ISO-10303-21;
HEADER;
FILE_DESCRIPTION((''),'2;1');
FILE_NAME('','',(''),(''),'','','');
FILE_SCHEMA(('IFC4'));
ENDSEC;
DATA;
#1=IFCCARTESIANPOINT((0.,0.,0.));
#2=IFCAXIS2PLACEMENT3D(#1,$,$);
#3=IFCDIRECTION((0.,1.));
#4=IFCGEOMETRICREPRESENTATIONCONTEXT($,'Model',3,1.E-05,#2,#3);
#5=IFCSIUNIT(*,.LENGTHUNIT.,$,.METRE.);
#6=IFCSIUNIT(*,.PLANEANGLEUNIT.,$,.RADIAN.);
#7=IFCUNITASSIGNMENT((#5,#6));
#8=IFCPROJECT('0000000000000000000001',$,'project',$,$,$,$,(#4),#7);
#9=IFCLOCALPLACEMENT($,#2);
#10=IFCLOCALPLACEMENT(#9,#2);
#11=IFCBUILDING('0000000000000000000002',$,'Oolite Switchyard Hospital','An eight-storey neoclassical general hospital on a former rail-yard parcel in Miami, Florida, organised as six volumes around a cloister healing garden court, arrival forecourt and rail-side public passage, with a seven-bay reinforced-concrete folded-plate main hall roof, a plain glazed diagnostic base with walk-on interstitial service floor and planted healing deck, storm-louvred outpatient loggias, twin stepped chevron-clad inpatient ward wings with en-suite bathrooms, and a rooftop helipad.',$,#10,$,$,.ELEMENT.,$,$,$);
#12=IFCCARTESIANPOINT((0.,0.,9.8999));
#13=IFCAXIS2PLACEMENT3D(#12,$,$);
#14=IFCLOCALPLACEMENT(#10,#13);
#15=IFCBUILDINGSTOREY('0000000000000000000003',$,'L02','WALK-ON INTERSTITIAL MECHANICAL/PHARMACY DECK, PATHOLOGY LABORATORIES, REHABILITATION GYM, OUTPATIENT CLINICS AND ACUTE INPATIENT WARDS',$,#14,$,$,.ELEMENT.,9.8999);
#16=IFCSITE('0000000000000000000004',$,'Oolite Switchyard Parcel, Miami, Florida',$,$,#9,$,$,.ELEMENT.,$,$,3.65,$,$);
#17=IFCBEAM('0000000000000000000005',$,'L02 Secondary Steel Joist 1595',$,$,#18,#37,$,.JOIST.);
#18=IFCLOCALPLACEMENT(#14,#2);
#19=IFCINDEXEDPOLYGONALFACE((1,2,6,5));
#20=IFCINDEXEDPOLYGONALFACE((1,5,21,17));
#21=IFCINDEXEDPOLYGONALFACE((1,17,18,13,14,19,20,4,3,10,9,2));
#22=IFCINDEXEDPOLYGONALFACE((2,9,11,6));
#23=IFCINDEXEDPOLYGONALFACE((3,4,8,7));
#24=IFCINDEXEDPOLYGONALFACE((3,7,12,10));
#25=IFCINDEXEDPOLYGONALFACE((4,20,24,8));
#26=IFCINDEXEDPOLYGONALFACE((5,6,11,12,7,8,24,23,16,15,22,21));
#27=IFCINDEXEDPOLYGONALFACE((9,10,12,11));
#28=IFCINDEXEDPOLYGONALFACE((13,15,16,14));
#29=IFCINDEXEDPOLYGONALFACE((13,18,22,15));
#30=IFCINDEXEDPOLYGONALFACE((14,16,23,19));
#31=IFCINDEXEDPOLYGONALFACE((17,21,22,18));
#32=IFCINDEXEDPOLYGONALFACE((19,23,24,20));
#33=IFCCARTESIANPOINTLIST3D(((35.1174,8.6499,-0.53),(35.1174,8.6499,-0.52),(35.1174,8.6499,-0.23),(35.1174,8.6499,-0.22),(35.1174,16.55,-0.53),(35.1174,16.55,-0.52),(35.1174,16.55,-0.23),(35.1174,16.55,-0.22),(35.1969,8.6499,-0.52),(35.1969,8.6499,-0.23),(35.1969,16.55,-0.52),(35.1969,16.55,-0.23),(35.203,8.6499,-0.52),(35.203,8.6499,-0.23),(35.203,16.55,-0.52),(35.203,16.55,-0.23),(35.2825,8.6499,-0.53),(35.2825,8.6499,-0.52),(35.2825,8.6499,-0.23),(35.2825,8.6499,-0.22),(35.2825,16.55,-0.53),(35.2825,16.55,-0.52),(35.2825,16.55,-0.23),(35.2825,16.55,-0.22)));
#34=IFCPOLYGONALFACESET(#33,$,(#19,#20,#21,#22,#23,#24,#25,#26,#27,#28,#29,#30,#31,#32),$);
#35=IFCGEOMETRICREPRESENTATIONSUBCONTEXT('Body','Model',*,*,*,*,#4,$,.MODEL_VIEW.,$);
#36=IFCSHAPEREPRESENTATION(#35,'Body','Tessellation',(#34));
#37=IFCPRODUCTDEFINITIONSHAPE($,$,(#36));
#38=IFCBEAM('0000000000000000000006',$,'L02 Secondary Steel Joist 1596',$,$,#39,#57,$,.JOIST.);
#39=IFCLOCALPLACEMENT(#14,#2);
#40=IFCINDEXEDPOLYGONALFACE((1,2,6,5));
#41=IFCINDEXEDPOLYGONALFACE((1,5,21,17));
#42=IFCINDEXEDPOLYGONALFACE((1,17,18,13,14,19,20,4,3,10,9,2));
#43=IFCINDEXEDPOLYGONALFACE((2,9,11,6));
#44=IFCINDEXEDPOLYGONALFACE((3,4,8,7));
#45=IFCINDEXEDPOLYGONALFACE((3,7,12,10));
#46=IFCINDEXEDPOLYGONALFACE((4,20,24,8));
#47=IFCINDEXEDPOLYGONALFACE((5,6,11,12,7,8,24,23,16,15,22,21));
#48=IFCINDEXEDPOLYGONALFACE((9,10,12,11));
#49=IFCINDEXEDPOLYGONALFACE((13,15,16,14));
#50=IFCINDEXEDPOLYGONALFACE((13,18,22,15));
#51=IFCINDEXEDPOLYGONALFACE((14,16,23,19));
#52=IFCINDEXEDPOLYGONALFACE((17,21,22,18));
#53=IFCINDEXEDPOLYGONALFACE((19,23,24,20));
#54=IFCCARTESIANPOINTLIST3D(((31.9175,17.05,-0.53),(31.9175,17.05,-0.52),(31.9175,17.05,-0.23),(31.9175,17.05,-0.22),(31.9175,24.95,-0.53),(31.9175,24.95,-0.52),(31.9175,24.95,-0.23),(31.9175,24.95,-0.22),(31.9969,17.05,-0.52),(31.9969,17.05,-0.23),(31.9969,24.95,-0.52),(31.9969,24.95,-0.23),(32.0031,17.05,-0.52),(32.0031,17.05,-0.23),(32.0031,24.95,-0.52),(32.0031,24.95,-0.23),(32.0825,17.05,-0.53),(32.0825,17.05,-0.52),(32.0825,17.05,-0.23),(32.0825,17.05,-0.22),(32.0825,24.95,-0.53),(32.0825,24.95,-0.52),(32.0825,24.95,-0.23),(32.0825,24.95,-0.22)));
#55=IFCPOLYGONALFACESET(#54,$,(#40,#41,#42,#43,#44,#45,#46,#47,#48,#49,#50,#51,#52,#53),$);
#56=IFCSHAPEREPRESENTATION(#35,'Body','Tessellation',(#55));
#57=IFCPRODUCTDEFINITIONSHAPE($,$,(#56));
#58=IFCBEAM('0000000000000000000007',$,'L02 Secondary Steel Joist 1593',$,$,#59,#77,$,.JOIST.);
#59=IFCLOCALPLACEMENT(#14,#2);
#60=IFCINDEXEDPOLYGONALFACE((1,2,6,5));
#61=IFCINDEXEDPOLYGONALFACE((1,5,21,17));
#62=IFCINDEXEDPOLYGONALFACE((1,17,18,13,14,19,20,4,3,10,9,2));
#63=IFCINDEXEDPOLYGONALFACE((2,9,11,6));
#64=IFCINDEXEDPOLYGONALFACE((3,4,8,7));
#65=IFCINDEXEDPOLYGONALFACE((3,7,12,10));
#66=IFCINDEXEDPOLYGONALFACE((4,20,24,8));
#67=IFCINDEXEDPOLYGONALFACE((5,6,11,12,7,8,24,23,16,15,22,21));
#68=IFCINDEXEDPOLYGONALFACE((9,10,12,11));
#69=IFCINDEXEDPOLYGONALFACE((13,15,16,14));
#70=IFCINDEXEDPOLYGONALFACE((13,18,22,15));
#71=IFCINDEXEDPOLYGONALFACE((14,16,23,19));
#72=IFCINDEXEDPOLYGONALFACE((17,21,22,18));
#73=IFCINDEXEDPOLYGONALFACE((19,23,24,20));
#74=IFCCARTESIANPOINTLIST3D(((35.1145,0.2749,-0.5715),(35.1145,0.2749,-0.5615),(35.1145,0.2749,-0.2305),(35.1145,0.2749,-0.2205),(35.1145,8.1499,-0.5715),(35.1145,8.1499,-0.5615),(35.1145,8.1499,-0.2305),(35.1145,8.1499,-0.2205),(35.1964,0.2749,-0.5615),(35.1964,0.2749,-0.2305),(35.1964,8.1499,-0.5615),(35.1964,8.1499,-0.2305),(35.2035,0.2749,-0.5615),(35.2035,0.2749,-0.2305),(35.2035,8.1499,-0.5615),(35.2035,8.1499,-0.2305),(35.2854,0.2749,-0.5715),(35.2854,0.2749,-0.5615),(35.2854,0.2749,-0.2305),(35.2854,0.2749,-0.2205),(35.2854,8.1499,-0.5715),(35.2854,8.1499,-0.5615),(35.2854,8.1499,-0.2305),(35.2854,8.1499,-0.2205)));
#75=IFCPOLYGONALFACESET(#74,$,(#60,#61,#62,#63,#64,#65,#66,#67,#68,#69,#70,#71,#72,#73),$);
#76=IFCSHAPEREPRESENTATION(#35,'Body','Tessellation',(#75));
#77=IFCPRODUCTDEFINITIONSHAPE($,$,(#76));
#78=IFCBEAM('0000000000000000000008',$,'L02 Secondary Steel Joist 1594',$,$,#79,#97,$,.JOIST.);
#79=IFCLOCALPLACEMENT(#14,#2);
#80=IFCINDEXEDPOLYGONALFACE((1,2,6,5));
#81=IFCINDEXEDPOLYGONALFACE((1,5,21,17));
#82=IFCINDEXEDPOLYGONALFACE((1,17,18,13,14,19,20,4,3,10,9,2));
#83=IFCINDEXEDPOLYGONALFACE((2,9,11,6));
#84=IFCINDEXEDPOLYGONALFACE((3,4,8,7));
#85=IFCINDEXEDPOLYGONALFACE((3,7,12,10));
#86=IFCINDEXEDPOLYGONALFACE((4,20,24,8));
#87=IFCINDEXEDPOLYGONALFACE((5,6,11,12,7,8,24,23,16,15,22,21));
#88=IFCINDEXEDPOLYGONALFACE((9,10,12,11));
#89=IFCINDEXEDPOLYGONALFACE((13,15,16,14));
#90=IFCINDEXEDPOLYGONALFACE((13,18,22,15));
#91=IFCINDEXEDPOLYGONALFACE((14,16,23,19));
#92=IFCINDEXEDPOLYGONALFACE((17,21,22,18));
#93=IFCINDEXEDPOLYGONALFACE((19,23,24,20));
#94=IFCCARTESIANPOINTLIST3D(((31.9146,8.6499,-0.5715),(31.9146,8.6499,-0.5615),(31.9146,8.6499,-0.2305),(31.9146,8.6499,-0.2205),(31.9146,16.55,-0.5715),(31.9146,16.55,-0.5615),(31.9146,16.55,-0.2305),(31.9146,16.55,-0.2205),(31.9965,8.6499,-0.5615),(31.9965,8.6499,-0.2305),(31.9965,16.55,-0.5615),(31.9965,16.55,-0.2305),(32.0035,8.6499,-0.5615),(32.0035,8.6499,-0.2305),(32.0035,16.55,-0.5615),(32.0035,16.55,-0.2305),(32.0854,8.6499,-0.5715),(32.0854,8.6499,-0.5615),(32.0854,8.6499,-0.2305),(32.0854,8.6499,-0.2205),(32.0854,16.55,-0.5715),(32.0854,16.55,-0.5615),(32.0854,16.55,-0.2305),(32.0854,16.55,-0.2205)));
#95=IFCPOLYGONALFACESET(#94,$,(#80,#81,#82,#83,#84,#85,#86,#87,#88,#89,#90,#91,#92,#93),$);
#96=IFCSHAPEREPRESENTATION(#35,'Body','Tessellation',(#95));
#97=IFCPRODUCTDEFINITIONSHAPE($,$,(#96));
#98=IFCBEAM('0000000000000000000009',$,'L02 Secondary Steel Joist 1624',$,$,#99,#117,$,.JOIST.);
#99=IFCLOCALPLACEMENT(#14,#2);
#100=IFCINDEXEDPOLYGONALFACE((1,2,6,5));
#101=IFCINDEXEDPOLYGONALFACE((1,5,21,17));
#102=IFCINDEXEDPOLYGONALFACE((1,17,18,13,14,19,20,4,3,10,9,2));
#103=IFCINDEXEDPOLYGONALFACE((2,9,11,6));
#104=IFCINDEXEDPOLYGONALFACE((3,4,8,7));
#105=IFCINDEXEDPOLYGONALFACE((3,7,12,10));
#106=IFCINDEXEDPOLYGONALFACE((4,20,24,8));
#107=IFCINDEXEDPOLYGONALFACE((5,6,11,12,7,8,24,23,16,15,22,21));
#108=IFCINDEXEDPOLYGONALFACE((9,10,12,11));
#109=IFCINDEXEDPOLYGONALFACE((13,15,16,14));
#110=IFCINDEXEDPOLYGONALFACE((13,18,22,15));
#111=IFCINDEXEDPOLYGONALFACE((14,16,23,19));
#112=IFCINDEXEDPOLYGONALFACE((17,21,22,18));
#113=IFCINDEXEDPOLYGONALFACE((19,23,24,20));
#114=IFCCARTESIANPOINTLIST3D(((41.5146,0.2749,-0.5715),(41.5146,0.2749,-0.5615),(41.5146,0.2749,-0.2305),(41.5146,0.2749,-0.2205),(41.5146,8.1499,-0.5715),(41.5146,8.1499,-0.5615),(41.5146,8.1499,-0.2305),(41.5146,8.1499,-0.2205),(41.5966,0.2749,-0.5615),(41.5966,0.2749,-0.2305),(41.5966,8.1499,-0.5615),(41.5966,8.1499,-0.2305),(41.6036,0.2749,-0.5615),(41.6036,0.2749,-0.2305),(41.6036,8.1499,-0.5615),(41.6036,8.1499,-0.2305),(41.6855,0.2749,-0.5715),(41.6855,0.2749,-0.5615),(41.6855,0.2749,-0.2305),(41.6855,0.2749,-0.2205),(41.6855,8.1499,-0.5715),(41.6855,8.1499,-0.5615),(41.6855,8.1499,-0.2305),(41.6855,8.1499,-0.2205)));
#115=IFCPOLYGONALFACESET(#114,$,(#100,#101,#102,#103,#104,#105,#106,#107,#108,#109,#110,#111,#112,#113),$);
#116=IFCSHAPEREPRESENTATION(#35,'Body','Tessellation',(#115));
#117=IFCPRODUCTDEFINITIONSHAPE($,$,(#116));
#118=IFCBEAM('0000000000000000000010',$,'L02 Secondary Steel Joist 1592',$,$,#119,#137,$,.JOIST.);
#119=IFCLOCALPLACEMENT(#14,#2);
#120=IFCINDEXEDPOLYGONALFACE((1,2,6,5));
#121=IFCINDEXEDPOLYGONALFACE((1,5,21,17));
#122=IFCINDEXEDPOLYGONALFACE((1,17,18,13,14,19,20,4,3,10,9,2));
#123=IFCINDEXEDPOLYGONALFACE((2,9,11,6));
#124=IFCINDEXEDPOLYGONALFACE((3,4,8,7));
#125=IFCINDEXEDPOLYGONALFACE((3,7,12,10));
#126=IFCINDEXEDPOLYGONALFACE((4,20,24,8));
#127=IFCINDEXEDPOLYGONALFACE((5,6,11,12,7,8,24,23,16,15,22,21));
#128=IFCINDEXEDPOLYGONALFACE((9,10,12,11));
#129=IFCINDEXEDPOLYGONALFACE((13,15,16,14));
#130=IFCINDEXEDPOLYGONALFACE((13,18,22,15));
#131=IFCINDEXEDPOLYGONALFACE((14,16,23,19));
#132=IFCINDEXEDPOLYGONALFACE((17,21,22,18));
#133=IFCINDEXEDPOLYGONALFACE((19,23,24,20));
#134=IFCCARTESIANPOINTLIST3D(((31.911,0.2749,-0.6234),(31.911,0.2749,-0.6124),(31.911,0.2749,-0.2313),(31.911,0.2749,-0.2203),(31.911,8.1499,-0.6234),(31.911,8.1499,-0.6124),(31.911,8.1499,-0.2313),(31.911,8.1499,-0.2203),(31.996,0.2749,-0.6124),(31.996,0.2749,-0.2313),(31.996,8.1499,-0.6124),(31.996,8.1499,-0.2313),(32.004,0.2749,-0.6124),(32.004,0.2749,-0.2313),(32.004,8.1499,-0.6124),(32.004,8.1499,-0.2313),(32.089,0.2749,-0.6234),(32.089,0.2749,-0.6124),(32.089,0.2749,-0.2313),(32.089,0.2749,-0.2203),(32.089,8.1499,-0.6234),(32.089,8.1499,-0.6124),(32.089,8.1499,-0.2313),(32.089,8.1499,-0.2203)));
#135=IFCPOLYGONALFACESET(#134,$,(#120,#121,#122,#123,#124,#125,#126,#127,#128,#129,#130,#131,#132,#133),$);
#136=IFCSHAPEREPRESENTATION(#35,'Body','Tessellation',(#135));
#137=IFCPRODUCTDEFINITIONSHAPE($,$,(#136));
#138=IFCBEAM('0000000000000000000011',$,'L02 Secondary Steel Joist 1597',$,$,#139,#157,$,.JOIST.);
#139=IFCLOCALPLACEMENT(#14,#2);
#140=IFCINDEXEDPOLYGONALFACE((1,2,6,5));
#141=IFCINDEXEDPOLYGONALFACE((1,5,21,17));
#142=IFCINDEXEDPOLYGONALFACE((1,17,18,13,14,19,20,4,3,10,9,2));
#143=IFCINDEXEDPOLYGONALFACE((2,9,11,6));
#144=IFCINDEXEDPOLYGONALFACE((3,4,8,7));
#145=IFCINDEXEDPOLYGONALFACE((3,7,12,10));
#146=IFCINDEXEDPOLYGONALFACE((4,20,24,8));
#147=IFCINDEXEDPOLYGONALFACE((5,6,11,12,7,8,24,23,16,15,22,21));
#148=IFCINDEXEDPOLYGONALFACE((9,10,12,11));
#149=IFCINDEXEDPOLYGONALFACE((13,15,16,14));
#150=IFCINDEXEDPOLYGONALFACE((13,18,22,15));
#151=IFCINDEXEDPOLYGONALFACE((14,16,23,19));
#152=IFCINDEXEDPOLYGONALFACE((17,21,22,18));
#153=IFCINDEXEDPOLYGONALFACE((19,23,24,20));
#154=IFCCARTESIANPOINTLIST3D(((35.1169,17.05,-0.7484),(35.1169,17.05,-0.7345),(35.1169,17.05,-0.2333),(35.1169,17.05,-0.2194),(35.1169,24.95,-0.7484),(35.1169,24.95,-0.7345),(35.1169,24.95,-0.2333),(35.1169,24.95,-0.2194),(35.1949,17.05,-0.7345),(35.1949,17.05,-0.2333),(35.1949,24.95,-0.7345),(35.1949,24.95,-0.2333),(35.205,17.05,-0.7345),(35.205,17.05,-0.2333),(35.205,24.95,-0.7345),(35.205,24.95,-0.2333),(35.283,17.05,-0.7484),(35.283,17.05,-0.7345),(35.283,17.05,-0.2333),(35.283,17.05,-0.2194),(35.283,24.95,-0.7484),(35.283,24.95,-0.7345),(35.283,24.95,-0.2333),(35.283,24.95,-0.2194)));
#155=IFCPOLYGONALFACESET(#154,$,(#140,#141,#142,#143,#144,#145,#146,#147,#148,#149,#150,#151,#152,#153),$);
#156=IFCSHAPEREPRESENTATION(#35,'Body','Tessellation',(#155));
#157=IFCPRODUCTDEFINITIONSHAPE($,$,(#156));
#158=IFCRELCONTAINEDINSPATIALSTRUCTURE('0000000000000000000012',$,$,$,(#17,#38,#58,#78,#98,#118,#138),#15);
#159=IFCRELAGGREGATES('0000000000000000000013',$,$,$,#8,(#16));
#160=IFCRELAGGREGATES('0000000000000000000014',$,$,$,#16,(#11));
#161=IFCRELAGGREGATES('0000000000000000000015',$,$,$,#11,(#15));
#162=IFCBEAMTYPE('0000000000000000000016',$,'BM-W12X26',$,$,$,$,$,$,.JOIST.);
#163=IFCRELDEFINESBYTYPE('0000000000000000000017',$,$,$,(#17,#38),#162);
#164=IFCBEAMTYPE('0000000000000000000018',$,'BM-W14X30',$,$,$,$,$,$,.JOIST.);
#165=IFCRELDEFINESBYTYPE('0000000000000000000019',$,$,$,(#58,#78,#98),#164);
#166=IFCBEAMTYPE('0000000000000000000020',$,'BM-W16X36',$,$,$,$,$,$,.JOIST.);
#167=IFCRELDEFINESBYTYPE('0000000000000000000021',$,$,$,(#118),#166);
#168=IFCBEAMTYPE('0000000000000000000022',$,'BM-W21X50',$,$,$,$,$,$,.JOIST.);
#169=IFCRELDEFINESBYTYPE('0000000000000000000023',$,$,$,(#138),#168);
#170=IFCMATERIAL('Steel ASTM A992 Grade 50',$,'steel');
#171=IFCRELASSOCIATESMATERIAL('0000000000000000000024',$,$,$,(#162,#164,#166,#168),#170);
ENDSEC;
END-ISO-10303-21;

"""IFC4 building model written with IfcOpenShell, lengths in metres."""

from ifc_helpers import new_model, si_unit, direction, frame, origin, origin_2d, place, context, subcontext, project, spatial, i_section, extrude, material, material_profile, profile_set, type_object, element, save


model = new_model("IFC4")

# Units and contexts
model_context = context("Model", 3, precision=1e-05, world=origin(), true_north=direction((0.0, 1.0)))
body_context = subcontext(model_context, "Body", "Model", "MODEL_VIEW")
ifc_project = project(units=[si_unit("LENGTHUNIT", "METRE"), si_unit("PLANEANGLEUNIT", "RADIAN")], contexts=[model_context])

# Site, building, storey
site_placement = place(None, origin())
site = spatial("IfcSite", under=ifc_project, at=site_placement, Name="Oolite Switchyard Parcel, Miami, Florida", CompositionType="ELEMENT", RefElevation=3.65)
building_placement = place(site_placement, origin())
building = spatial("IfcBuilding", under=site, at=building_placement, Name="Oolite Switchyard Hospital", Description="An eight-storey neoclassical general hospital on a former rail-yard parcel in Miami, Florida, organised as six volumes around a cloister healing garden court, arrival forecourt and rail-side public passage, with a seven-bay reinforced-concrete folded-plate main hall roof, a plain glazed diagnostic base with walk-on interstitial service floor and planted healing deck, storm-louvred outpatient loggias, twin stepped chevron-clad inpatient ward wings with en-suite bathrooms, and a rooftop helipad.", CompositionType="ELEMENT")
storey_placement = place(building_placement, frame((0.0, 0.0, 9.8999)))
storey = spatial("IfcBuildingStorey", under=building, at=storey_placement, Name="L02", Description="WALK-ON INTERSTITIAL MECHANICAL/PHARMACY DECK, PATHOLOGY LABORATORIES, REHABILITATION GYM, OUTPATIENT CLINICS AND ACUTE INPATIENT WARDS", CompositionType="ELEMENT", Elevation=9.8999)

# Beams
ifc_material_1 = material(Name="Steel ASTM A992 Grade 50", Category="steel")
ifc_material_profile_1 = material_profile(ifc_material_1, i_section(OverallWidth=0.165, OverallDepth=0.3101, WebThickness=0.0061, FlangeThickness=0.01, at=origin_2d()), Name="W12X26")
ifc_profile_set_1 = profile_set([ifc_material_profile_1], Name="Steel ASTM A992 Grade 50")
beam_type_1 = type_object("IfcBeamType", Name="BM-W12X26", PredefinedType="JOIST", material=ifc_profile_set_1)
beam_1_placement = place(storey_placement, frame((35.2, 8.6499, -0.375), z_axis=(0.0, 1.0, 0.0), x_axis=(-1.0, 0.0, 0.0)))
element("IfcBeam", 1, at=beam_1_placement, inside=storey, type_object=beam_type_1, Name="L02 Secondary Steel Joist 1595", PredefinedType="JOIST", context=body_context, shape_type="SweptSolid", body=[
    extrude(i_section(OverallWidth=0.165, OverallDepth=0.3101, WebThickness=0.0061, FlangeThickness=0.01, at=origin_2d()), origin(), (0.0, 0.0, 1.0), 7.9001),
])
beam_2_placement = place(storey_placement, frame((32.0, 17.05, -0.375), z_axis=(0.0, 1.0, 0.0), x_axis=(-1.0, 0.0, 0.0)))
element("IfcBeam", 2, at=beam_2_placement, inside=storey, type_object=beam_type_1, Name="L02 Secondary Steel Joist 1596", PredefinedType="JOIST", context=body_context, shape_type="SweptSolid", body=[
    extrude(i_section(OverallWidth=0.165, OverallDepth=0.3101, WebThickness=0.0061, FlangeThickness=0.01, at=origin_2d()), origin(), (0.0, 0.0, 1.0), 7.8999),
])
ifc_material_profile_2 = material_profile(ifc_material_1, i_section(OverallWidth=0.1709, OverallDepth=0.3511, WebThickness=0.0071, FlangeThickness=0.01, at=origin_2d()), Name="W14X30")
ifc_profile_set_2 = profile_set([ifc_material_profile_2], Name="Steel ASTM A992 Grade 50")
beam_type_2 = type_object("IfcBeamType", Name="BM-W14X30", PredefinedType="JOIST", material=ifc_profile_set_2)
beam_3_placement = place(storey_placement, frame((35.2, 0.2749, -0.396), z_axis=(0.0, 1.0, 0.0), x_axis=(-1.0, 0.0, 0.0)))
element("IfcBeam", 3, at=beam_3_placement, inside=storey, type_object=beam_type_2, Name="L02 Secondary Steel Joist 1593", PredefinedType="JOIST", context=body_context, shape_type="SweptSolid", body=[
    extrude(i_section(OverallWidth=0.1709, OverallDepth=0.3511, WebThickness=0.0071, FlangeThickness=0.01, at=origin_2d()), origin(), (0.0, 0.0, 1.0), 7.875),
])
beam_4_placement = place(storey_placement, frame((32.0, 8.6499, -0.396), z_axis=(0.0, 1.0, 0.0), x_axis=(-1.0, 0.0, 0.0)))
element("IfcBeam", 4, at=beam_4_placement, inside=storey, type_object=beam_type_2, Name="L02 Secondary Steel Joist 1594", PredefinedType="JOIST", context=body_context, shape_type="SweptSolid", body=[
    extrude(i_section(OverallWidth=0.1709, OverallDepth=0.3511, WebThickness=0.0071, FlangeThickness=0.01, at=origin_2d()), origin(), (0.0, 0.0, 1.0), 7.9001),
])
beam_5_placement = place(storey_placement, frame((41.6001, 0.2749, -0.396), z_axis=(0.0, 1.0, 0.0), x_axis=(-1.0, 0.0, 0.0)))
element("IfcBeam", 5, at=beam_5_placement, inside=storey, type_object=beam_type_2, Name="L02 Secondary Steel Joist 1624", PredefinedType="JOIST", context=body_context, shape_type="SweptSolid", body=[
    extrude(i_section(OverallWidth=0.1709, OverallDepth=0.3511, WebThickness=0.0071, FlangeThickness=0.01, at=origin_2d()), origin(), (0.0, 0.0, 1.0), 7.875),
])
ifc_material_profile_3 = material_profile(ifc_material_1, i_section(OverallWidth=0.178, OverallDepth=0.4031, WebThickness=0.0081, FlangeThickness=0.011, at=origin_2d()), Name="W16X36")
ifc_profile_set_3 = profile_set([ifc_material_profile_3], Name="Steel ASTM A992 Grade 50")
beam_type_3 = type_object("IfcBeamType", Name="BM-W16X36", PredefinedType="JOIST", material=ifc_profile_set_3)
beam_6_placement = place(storey_placement, frame((32.0, 0.2749, -0.4219), z_axis=(0.0, 1.0, 0.0), x_axis=(-1.0, 0.0, 0.0)))
element("IfcBeam", 6, at=beam_6_placement, inside=storey, type_object=beam_type_3, Name="L02 Secondary Steel Joist 1592", PredefinedType="JOIST", context=body_context, shape_type="SweptSolid", body=[
    extrude(i_section(OverallWidth=0.178, OverallDepth=0.4031, WebThickness=0.0081, FlangeThickness=0.011, at=origin_2d()), origin(), (0.0, 0.0, 1.0), 7.875),
])
ifc_material_profile_4 = material_profile(ifc_material_1, i_section(OverallWidth=0.166, OverallDepth=0.5291, WebThickness=0.01, FlangeThickness=0.0139, at=origin_2d()), Name="W21X50")
ifc_profile_set_4 = profile_set([ifc_material_profile_4], Name="Steel ASTM A992 Grade 50")
beam_type_4 = type_object("IfcBeamType", Name="BM-W21X50", PredefinedType="JOIST", material=ifc_profile_set_4)
beam_7_placement = place(storey_placement, frame((35.2, 17.05, -0.4839), z_axis=(0.0, 1.0, 0.0), x_axis=(-1.0, 0.0, 0.0)))
element("IfcBeam", 7, at=beam_7_placement, inside=storey, type_object=beam_type_4, Name="L02 Secondary Steel Joist 1597", PredefinedType="JOIST", context=body_context, shape_type="SweptSolid", body=[
    extrude(i_section(OverallWidth=0.166, OverallDepth=0.5291, WebThickness=0.01, FlangeThickness=0.0139, at=origin_2d()), origin(), (0.0, 0.0, 1.0), 7.8999),
])

save(model, "model.ifc")
